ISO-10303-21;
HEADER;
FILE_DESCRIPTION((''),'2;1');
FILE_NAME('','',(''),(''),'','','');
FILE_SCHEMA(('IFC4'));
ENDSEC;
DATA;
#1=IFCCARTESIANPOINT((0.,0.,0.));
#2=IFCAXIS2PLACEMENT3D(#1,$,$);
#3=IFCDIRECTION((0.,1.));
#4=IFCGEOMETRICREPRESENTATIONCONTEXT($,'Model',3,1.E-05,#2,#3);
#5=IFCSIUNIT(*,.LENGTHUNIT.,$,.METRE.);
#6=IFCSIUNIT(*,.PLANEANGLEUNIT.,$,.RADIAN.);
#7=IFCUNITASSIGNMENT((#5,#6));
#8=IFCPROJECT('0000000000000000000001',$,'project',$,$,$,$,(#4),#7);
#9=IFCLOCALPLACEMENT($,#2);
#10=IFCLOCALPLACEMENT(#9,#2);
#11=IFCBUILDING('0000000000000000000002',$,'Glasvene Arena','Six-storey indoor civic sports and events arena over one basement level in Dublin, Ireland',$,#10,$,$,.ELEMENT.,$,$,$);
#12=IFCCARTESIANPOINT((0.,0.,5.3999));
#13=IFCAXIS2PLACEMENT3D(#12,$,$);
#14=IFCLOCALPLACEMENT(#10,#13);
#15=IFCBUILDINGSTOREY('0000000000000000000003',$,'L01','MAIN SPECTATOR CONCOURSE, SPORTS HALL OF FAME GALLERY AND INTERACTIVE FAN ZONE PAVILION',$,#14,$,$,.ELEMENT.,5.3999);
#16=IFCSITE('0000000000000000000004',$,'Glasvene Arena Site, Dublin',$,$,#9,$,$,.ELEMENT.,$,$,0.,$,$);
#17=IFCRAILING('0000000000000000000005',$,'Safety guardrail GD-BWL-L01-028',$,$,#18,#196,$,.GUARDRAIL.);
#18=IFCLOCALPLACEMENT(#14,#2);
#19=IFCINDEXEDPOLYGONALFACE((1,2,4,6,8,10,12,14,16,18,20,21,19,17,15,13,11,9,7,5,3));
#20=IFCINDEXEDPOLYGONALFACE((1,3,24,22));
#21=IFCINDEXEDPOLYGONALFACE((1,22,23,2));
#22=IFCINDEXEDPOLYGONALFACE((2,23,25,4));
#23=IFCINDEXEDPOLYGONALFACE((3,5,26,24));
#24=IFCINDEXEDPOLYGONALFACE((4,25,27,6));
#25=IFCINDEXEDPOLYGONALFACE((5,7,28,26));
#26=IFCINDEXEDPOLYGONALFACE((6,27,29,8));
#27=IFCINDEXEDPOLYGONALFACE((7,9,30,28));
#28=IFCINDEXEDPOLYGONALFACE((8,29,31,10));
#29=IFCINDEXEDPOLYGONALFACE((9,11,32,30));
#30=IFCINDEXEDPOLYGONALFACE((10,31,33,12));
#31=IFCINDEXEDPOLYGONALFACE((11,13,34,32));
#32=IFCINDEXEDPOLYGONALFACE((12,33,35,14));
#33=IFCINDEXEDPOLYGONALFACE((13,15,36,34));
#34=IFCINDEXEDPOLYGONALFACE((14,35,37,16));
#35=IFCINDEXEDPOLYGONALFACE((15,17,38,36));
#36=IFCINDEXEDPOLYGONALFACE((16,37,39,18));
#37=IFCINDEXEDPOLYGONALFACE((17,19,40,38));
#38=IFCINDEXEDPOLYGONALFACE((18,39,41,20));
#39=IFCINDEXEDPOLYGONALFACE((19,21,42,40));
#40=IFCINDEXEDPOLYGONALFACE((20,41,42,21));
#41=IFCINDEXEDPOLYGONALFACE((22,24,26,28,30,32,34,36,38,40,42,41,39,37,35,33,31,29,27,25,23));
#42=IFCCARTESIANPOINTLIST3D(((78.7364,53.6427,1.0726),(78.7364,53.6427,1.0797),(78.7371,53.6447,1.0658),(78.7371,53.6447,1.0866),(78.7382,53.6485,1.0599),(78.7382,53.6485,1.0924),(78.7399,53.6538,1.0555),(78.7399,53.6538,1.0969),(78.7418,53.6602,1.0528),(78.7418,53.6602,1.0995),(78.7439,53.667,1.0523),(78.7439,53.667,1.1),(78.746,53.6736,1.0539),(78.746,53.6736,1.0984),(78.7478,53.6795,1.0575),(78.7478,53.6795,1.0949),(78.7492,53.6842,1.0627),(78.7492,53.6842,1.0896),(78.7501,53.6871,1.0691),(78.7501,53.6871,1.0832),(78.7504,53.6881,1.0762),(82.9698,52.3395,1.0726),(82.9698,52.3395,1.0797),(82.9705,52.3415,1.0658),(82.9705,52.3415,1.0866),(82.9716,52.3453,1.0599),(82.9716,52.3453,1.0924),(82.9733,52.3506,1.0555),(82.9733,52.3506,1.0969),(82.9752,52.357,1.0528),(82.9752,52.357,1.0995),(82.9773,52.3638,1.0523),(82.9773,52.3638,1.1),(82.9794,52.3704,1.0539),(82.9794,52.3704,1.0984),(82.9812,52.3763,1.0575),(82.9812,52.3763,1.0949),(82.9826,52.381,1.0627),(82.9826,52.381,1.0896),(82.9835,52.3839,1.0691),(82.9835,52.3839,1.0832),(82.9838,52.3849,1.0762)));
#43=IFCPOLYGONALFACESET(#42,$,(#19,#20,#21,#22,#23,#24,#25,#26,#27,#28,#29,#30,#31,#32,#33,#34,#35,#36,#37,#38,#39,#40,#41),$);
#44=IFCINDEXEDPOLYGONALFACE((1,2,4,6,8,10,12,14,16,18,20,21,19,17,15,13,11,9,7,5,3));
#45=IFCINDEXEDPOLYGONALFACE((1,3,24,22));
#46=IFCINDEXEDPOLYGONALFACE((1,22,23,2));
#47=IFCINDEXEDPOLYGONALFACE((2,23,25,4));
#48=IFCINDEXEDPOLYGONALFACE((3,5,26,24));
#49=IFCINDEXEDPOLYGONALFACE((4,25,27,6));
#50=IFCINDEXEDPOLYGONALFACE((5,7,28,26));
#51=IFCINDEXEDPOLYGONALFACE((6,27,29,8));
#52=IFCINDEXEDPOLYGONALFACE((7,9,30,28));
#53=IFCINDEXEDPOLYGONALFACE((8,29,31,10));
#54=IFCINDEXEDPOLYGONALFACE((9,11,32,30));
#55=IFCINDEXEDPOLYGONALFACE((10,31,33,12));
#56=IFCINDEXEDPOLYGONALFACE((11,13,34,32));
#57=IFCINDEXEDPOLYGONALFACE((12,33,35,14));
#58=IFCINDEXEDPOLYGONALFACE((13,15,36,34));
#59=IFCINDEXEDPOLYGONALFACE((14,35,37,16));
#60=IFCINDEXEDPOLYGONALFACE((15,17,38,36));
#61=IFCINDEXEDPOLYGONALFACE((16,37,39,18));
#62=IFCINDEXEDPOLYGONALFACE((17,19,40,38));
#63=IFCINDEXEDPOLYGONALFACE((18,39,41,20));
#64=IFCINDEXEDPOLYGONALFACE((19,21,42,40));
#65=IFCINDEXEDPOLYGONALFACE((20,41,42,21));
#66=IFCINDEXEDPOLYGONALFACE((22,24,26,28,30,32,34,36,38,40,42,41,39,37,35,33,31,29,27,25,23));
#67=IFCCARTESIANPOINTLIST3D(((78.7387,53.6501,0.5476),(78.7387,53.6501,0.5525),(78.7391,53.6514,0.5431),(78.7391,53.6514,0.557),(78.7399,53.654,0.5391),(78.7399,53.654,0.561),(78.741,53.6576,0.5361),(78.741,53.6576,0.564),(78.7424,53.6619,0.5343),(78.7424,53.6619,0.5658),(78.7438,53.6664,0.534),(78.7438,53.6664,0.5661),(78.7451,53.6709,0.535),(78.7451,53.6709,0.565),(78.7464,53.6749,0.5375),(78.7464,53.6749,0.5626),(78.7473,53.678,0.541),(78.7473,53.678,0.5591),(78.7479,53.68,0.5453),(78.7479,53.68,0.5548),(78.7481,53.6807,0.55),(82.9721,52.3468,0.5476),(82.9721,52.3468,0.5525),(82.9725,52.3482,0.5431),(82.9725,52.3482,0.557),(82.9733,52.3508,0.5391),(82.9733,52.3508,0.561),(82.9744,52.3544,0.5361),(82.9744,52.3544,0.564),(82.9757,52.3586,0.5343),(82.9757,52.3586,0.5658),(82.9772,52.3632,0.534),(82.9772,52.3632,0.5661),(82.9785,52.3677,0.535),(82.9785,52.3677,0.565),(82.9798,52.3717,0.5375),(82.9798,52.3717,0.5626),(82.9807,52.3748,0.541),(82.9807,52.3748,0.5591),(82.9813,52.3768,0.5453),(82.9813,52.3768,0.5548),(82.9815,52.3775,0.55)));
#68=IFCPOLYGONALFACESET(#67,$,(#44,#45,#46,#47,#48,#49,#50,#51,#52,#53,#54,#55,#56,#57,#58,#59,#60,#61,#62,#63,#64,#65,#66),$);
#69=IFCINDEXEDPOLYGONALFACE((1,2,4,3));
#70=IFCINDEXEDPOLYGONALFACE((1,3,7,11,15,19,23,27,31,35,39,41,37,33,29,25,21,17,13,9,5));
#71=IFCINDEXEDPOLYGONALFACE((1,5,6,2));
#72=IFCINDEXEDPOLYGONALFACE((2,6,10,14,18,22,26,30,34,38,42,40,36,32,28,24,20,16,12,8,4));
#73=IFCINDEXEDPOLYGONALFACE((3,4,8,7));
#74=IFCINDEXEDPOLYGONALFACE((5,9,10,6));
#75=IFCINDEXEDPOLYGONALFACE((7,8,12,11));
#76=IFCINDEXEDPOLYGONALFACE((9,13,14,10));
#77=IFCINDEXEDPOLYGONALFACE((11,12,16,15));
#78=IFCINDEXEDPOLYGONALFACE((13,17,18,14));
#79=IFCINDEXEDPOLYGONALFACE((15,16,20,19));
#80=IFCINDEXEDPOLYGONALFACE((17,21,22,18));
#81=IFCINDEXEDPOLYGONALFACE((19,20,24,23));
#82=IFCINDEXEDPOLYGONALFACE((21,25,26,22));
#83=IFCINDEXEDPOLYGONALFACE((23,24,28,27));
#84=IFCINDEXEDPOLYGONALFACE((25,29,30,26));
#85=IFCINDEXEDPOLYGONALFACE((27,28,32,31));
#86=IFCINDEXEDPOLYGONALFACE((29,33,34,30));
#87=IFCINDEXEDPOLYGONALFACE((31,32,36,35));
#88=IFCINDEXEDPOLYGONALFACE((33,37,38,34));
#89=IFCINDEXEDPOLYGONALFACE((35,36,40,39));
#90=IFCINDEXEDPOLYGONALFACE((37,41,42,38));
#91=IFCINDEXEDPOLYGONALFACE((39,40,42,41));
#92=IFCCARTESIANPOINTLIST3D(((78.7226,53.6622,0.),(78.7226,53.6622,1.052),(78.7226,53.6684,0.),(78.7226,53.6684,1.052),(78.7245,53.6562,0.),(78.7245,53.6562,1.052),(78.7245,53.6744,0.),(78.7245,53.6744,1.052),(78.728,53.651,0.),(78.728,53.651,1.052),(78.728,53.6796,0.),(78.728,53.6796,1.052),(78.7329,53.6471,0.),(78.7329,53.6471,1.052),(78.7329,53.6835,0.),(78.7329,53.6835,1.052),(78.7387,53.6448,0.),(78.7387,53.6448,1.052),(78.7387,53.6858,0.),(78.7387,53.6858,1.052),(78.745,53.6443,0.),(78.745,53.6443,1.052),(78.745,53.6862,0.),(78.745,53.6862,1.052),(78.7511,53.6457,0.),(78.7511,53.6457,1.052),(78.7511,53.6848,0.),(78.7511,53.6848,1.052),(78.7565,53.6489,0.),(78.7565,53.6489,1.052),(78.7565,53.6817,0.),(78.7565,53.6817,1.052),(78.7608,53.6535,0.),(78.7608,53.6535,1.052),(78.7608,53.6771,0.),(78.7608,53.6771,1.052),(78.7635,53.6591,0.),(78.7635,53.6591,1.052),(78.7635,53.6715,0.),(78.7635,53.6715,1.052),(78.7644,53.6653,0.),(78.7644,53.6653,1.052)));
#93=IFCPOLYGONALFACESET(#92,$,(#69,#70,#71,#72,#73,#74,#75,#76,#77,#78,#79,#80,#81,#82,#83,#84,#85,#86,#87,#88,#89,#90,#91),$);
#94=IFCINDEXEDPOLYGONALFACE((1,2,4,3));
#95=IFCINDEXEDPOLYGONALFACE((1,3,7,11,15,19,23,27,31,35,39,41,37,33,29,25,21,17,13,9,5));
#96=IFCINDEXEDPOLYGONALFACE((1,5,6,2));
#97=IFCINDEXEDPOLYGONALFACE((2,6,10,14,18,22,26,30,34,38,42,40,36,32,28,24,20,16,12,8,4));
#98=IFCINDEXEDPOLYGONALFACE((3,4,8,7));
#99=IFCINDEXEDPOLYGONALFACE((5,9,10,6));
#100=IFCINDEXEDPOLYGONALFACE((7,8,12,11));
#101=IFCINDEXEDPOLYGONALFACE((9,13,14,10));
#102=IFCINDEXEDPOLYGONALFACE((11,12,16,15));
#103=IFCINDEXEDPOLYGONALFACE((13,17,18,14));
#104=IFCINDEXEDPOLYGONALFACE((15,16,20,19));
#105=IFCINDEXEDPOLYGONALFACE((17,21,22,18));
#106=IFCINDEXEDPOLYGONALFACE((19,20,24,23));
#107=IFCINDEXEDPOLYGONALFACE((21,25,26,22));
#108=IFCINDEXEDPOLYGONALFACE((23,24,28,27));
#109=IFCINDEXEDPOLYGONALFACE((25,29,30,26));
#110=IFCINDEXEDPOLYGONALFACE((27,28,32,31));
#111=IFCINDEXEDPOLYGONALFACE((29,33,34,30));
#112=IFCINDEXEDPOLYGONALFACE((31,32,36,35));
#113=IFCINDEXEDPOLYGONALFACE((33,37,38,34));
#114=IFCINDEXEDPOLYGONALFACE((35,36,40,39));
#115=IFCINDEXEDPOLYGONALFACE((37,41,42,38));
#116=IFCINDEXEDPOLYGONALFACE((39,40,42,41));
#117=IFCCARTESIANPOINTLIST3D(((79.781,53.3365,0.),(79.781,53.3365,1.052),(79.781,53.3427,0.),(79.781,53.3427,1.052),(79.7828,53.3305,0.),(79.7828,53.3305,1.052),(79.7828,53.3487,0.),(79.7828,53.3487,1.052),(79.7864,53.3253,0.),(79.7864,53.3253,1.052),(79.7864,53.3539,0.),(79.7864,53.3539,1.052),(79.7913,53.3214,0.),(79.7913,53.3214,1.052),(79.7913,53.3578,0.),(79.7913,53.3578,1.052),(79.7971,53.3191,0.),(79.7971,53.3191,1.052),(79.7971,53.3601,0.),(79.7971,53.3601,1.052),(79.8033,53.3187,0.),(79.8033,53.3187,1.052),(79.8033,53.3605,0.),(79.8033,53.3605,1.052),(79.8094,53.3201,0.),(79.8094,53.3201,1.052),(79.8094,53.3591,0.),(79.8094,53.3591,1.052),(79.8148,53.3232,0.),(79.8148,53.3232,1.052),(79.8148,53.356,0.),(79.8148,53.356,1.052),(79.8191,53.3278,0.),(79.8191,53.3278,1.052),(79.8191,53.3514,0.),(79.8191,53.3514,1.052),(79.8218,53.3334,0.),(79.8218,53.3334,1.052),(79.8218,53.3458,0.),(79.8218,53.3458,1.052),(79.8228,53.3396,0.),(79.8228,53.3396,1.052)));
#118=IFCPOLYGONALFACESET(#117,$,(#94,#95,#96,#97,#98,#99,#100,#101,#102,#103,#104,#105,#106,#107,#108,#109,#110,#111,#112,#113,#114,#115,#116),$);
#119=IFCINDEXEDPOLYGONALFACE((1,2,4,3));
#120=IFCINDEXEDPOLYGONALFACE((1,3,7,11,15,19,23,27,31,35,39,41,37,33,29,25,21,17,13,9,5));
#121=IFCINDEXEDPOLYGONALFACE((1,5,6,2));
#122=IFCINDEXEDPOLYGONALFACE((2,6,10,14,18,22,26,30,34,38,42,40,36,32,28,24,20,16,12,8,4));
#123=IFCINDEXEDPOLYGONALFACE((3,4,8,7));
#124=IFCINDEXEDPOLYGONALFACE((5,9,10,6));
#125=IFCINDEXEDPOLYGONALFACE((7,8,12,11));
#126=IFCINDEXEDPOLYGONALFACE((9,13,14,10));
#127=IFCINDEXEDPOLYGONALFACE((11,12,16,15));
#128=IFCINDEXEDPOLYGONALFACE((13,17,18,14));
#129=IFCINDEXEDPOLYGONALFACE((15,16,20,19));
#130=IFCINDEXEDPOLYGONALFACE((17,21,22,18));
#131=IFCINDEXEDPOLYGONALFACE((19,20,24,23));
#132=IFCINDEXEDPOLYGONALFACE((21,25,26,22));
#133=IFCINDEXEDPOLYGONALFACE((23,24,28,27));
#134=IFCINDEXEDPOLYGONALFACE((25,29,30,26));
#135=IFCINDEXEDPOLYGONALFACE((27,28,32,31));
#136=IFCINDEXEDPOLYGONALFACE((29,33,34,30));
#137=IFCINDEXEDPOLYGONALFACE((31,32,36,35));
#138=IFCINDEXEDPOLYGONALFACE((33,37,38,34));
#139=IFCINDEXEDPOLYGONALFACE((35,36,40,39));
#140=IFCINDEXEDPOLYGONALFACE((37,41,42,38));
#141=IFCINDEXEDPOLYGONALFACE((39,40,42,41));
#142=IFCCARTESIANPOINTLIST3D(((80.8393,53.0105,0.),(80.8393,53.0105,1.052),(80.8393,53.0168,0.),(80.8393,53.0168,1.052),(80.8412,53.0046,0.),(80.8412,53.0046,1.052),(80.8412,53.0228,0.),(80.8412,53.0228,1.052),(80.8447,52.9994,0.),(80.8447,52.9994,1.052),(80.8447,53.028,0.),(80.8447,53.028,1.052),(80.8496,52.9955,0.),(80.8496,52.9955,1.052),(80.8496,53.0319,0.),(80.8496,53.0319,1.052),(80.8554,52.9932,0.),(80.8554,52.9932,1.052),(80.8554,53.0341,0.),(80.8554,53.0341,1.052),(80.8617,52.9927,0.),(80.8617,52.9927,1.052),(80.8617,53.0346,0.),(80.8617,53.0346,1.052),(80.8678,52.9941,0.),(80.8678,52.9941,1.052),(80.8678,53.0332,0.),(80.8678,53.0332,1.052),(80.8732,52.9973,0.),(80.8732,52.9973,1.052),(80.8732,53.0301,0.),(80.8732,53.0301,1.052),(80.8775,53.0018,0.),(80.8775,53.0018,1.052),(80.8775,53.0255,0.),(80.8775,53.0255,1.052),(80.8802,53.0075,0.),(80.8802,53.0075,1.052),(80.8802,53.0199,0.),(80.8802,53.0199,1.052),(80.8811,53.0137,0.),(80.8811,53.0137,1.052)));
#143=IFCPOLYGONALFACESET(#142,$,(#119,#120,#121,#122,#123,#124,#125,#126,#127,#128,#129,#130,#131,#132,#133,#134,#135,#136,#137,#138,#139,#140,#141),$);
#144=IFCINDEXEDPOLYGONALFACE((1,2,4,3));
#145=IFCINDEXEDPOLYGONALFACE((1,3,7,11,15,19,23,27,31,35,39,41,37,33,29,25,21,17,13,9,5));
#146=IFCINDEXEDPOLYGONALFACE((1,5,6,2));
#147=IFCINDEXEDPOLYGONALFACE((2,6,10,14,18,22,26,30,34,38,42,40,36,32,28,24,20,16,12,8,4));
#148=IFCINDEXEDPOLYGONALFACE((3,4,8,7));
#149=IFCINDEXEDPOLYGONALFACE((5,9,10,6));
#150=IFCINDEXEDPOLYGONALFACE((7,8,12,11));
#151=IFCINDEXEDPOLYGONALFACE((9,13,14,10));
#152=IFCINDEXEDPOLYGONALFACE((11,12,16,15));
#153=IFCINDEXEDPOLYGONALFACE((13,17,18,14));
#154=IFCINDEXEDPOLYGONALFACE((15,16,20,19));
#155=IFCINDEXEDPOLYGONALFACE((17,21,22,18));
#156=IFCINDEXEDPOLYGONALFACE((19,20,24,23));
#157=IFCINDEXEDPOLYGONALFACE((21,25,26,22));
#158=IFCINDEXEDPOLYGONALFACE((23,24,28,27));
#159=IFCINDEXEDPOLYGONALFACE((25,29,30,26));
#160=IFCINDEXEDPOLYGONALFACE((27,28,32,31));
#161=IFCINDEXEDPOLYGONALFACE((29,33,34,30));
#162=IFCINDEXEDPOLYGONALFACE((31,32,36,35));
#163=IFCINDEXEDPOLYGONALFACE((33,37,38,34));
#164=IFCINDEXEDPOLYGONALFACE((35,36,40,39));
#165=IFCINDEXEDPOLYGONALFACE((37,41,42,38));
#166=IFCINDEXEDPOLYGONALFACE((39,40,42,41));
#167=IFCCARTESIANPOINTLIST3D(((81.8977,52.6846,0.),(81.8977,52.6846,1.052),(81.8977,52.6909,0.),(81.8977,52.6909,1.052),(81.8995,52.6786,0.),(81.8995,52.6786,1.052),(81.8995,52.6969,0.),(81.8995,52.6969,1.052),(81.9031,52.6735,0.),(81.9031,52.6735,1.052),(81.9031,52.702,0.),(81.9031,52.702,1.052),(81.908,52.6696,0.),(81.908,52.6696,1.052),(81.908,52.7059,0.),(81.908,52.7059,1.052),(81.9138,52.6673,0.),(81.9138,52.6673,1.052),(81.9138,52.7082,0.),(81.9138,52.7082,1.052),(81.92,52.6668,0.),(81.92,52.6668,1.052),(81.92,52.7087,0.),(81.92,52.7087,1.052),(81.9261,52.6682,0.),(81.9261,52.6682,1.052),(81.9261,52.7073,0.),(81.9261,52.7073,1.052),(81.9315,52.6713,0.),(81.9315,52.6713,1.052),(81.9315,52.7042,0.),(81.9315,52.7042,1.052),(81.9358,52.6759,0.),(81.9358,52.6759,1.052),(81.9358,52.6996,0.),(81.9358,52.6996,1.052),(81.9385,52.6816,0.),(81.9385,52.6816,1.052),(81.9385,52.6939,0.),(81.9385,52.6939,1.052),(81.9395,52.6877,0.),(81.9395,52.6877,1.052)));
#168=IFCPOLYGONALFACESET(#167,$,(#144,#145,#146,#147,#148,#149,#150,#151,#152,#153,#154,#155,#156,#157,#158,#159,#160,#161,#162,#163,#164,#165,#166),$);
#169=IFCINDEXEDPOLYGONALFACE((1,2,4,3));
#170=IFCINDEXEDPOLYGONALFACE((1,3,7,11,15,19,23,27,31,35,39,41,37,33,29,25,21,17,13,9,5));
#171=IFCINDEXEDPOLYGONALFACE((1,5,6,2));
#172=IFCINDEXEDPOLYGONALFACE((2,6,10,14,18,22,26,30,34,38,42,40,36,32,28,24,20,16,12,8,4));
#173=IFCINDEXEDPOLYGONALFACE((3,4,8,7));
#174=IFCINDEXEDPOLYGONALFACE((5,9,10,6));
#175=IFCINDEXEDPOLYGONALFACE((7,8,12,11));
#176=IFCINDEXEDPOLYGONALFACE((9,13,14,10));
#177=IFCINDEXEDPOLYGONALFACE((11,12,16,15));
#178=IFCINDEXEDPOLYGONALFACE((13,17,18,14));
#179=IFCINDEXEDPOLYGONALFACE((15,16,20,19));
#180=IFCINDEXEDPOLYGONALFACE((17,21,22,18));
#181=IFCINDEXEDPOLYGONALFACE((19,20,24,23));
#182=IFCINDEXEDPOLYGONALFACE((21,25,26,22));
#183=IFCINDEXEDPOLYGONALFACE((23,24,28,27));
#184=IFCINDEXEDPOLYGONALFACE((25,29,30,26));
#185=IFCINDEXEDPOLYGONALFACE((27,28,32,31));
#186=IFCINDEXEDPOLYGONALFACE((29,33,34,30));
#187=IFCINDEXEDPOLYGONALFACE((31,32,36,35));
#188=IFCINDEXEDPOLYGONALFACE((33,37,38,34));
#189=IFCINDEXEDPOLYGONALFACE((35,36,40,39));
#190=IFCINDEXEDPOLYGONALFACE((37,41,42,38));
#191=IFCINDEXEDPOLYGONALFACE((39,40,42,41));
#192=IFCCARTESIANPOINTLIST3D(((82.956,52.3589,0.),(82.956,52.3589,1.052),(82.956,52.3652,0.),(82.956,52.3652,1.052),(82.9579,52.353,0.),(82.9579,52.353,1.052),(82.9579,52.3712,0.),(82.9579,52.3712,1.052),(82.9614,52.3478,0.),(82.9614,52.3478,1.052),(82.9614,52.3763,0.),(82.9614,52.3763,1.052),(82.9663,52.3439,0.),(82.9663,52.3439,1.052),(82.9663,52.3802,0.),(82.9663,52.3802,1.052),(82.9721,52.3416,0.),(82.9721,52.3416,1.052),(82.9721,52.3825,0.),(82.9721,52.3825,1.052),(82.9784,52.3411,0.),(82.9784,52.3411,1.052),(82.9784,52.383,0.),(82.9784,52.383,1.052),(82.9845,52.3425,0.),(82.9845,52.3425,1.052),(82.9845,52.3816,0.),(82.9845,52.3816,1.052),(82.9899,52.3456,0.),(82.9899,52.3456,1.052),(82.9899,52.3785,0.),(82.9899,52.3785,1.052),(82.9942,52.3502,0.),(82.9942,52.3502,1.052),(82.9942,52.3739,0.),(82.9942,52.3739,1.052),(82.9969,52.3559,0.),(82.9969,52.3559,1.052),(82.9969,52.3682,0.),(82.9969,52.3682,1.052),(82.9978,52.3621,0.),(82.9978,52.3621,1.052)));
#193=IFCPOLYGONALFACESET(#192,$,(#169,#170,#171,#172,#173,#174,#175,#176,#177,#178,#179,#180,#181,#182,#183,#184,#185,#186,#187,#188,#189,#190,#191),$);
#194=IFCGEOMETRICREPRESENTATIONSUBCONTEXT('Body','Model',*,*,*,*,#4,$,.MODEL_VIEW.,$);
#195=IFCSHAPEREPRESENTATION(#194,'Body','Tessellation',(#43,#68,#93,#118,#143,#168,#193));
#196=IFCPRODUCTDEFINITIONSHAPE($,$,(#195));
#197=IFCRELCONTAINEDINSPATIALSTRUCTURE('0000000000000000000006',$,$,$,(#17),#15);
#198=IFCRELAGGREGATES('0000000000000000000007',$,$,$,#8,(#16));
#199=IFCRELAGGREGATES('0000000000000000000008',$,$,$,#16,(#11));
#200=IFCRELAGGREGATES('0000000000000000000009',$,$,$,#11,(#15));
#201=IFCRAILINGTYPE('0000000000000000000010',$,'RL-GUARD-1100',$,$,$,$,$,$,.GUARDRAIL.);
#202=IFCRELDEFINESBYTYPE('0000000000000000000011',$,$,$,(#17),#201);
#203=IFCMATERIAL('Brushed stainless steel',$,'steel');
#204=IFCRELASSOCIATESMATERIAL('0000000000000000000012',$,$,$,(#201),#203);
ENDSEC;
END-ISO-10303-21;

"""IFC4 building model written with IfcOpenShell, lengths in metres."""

from ifc_helpers import new_model, si_unit, direction, frame, origin, origin_2d, place, context, subcontext, project, spatial, circle, extrude, material, type_object, element, save


model = new_model("IFC4")

# Units and contexts
model_context = context("Model", 3, precision=1e-05, world=origin(), true_north=direction((0.0, 1.0)))
body_context = subcontext(model_context, "Body", "Model", "MODEL_VIEW")
ifc_project = project(units=[si_unit("LENGTHUNIT", "METRE"), si_unit("PLANEANGLEUNIT", "RADIAN")], contexts=[model_context])

# Site, building, storey
site_placement = place(None, origin())
site = spatial("IfcSite", under=ifc_project, at=site_placement, Name="Glasvene Arena Site, Dublin", CompositionType="ELEMENT", RefElevation=0.0)
building_placement = place(site_placement, origin())
building = spatial("IfcBuilding", under=site, at=building_placement, Name="Glasvene Arena", Description="Six-storey indoor civic sports and events arena over one basement level in Dublin, Ireland", CompositionType="ELEMENT")
storey_placement = place(building_placement, frame((0.0, 0.0, 5.3999)))
storey = spatial("IfcBuildingStorey", under=building, at=storey_placement, Name="L01", Description="MAIN SPECTATOR CONCOURSE, SPORTS HALL OF FAME GALLERY AND INTERACTIVE FAN ZONE PAVILION", CompositionType="ELEMENT", Elevation=5.3999)

# Railing
ifc_material_1 = material(Name="Brushed stainless steel", Category="steel")
railing_type = type_object("IfcRailingType", Name="RL-GUARD-1100", PredefinedType="GUARDRAIL", material=ifc_material_1)
railing_1_placement = place(storey_placement, frame((78.7434, 53.6653, 0.0)))
element("IfcRailing", 1, at=railing_1_placement, inside=storey, type_object=railing_type, Name="Safety guardrail GD-BWL-L01-028", PredefinedType="GUARDRAIL", context=body_context, shape_type="SweptSolid", body=[
    extrude(circle(Radius=0.0239, at=origin_2d()), frame((0.0, 0.0, 1.0762), z_axis=(0.955738, -0.294218, 0.0), x_axis=(0.294218, 0.955738, 0.0)), (0.0, 0.0, 1.0), 4.4294),
    extrude(circle(Radius=0.0161, at=origin_2d()), frame((0.0, 0.0, 0.55), z_axis=(0.955738, -0.294218, 0.0), x_axis=(0.294218, 0.955738, 0.0)), (0.0, 0.0, 1.0), 4.4294),
    extrude(circle(Radius=0.021, at=origin_2d()), origin(), (0.0, 0.0, 1.0), 1.052),
    extrude(circle(Radius=0.021, at=origin_2d()), frame((1.0583, -0.3257, 0.0)), (0.0, 0.0, 1.0), 1.052),
    extrude(circle(Radius=0.021, at=origin_2d()), frame((2.1167, -0.6516, 0.0)), (0.0, 0.0, 1.0), 1.052),
    extrude(circle(Radius=0.021, at=origin_2d()), frame((3.175, -0.9775, 0.0)), (0.0, 0.0, 1.0), 1.052),
    extrude(circle(Radius=0.021, at=origin_2d()), frame((4.2334, -1.3032, 0.0)), (0.0, 0.0, 1.0), 1.052),
])

save(model, "model.ifc")
